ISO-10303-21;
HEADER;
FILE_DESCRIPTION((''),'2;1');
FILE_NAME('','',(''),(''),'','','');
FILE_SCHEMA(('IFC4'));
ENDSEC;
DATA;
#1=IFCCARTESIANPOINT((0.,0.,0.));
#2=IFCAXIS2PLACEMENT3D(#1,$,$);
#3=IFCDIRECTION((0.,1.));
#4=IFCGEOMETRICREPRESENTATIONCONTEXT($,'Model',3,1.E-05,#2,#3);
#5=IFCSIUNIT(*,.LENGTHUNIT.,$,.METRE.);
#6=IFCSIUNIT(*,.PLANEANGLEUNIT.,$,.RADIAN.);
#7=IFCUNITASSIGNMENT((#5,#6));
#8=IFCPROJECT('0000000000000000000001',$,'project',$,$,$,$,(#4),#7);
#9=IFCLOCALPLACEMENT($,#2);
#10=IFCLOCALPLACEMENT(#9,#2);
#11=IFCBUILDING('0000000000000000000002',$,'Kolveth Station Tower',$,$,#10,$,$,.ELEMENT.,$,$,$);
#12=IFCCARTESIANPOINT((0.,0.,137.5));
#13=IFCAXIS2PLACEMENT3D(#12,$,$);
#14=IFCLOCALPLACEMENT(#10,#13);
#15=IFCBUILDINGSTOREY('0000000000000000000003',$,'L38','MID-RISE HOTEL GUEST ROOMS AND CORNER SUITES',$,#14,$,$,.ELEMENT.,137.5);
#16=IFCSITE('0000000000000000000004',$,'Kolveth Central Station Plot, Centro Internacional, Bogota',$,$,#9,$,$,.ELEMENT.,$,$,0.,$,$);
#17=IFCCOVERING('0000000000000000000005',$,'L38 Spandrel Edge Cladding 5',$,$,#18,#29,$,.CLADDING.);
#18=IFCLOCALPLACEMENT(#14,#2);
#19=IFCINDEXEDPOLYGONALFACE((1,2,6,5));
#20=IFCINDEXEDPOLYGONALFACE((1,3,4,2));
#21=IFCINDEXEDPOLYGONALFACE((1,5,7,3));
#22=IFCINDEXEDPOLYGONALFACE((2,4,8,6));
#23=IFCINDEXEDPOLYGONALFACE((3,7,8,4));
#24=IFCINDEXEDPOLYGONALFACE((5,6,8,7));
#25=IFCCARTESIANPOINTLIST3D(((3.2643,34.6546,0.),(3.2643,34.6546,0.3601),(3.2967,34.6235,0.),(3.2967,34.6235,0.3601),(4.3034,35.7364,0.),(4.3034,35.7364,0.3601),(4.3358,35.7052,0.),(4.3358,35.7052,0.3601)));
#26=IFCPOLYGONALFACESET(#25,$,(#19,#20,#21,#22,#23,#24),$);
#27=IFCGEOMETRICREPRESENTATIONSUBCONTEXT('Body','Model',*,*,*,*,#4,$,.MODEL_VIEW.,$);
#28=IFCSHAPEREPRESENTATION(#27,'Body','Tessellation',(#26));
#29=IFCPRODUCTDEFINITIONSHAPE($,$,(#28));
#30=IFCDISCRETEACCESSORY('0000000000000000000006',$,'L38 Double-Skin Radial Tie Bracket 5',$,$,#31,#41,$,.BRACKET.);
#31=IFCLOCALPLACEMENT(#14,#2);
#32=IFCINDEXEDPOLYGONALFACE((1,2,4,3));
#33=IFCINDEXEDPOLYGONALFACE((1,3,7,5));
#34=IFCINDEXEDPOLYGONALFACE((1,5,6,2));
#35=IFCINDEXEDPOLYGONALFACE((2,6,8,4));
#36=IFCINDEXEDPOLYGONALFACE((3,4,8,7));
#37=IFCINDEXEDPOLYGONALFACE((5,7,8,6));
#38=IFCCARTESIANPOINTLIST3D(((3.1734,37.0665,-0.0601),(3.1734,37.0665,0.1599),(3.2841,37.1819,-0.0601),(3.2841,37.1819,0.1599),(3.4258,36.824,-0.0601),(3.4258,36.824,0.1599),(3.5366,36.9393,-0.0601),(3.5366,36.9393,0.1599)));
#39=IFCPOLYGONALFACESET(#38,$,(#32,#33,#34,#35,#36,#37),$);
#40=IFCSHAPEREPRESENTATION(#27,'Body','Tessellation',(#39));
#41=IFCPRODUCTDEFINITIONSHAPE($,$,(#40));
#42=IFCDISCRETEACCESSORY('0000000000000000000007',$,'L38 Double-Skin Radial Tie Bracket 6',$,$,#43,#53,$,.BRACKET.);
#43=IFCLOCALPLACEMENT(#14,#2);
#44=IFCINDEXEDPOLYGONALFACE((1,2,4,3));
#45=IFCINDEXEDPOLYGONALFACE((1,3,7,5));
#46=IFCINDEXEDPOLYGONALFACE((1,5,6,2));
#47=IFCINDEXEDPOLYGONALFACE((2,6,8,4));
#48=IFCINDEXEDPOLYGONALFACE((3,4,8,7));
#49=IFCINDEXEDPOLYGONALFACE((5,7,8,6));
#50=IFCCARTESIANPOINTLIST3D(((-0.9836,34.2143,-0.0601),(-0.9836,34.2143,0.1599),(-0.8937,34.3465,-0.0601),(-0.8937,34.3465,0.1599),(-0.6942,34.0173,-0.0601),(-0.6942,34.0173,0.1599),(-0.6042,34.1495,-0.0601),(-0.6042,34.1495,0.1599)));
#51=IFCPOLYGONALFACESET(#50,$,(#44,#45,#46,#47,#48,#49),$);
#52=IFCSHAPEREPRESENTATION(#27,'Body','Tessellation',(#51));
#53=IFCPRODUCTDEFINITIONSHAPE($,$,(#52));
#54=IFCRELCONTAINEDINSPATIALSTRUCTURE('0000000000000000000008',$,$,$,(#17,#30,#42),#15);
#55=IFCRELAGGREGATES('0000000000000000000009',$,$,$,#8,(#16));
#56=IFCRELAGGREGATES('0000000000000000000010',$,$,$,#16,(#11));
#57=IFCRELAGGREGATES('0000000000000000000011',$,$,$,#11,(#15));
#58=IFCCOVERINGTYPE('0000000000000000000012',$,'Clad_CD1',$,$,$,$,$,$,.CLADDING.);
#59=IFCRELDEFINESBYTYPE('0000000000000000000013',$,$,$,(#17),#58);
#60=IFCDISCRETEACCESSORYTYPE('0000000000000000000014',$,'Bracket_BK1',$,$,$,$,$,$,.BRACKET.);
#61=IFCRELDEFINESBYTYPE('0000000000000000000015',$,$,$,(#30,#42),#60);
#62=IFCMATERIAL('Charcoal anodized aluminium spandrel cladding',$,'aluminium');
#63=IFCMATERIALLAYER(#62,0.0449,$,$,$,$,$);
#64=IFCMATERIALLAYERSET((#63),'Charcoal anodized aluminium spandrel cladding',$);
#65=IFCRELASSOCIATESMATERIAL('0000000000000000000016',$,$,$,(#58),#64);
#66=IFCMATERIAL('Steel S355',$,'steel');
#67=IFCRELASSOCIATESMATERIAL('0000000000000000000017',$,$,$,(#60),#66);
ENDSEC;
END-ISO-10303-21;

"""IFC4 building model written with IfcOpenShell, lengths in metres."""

from ifc_helpers import new_model, si_unit, direction, frame, origin, origin_2d, place, context, subcontext, project, spatial, rectangle, extrude, source, transform, mapped, material, layer, layer_set, type_object, element, save


model = new_model("IFC4")

# Units and contexts
model_context = context("Model", 3, precision=1e-05, world=origin(), true_north=direction((0.0, 1.0)))
body_context = subcontext(model_context, "Body", "Model", "MODEL_VIEW")
ifc_project = project(units=[si_unit("LENGTHUNIT", "METRE"), si_unit("PLANEANGLEUNIT", "RADIAN")], contexts=[model_context])

# Site, building, storey
site_placement = place(None, origin())
site = spatial("IfcSite", under=ifc_project, at=site_placement, Name="Kolveth Central Station Plot, Centro Internacional, Bogota", CompositionType="ELEMENT", RefElevation=0.0)
building_placement = place(site_placement, origin())
building = spatial("IfcBuilding", under=site, at=building_placement, Name="Kolveth Station Tower", CompositionType="ELEMENT")
storey_placement = place(building_placement, frame((0.0, 0.0, 137.5)))
storey = spatial("IfcBuildingStorey", under=building, at=storey_placement, Name="L38", Description="MID-RISE HOTEL GUEST ROOMS AND CORNER SUITES", CompositionType="ELEMENT", Elevation=137.5)

# Covering
ifc_material_1 = material(Name="Charcoal anodized aluminium spandrel cladding", Category="aluminium")
ifc_layer_1 = layer(ifc_material_1, 0.0449)
ifc_layer_set_1 = layer_set([ifc_layer_1], Name="Charcoal anodized aluminium spandrel cladding")
covering_type = type_object("IfcCoveringType", Name="Clad_CD1", PredefinedType="CLADDING", material=ifc_layer_set_1)
shared_shape_1 = source(origin(), body_context, "Body", "SweptSolid", [
    extrude(rectangle(XDim=1.5, YDim=0.0449, at=origin_2d()), origin(), (0.0, 0.0, 1.0), 0.3601),
])
covering_placement = place(storey_placement, frame((3.8, 35.1799, 0.0), z_axis=(0.0, 0.0, 1.0), x_axis=(-0.692773, -0.721156, 0.0)))
element("IfcCovering", 1, at=covering_placement, inside=storey, type_object=covering_type, Name="L38 Spandrel Edge Cladding 5", PredefinedType="CLADDING", context=body_context, shape_type="MappedRepresentation", body=[
    mapped(shared_shape_1, transform((0.0, 0.0, 0.0), x_axis=(1.0, 0.0, 0.0), y_axis=(0.0, 1.0, 0.0), z_axis=(0.0, 0.0, 1.0), scale=1.0)),
])

# Discrete accessories
ifc_material_2 = material(Name="Steel S355", Category="steel")
discrete_accessory_type = type_object("IfcDiscreteAccessoryType", Name="Bracket_BK1", PredefinedType="BRACKET", material=ifc_material_2)
shared_shape_2 = source(origin(), body_context, "Body", "SweptSolid", [
    extrude(rectangle(XDim=0.3501, YDim=0.1599, at=origin_2d()), origin(), (0.0, 0.0, 1.0), 0.22),
])
for number, where, z_axis, x_axis, name in (
    (2, (3.355, 37.0029, -0.0601), (0.0, 0.0, 1.0), (-0.721156, 0.692773, 0.0), "L38 Double-Skin Radial Tie Bracket 5"),
    (3, (-0.7939, 34.1819, -0.0601), (0.0, 0.0, 1.0), (-0.826688, 0.562661, 0.0), "L38 Double-Skin Radial Tie Bracket 6"),
):
    element("IfcDiscreteAccessory", number, at=place(storey_placement, frame(where, z_axis=z_axis, x_axis=x_axis)), inside=storey, type_object=discrete_accessory_type, Name=name, PredefinedType="BRACKET", context=body_context, shape_type="MappedRepresentation", body=[
        mapped(shared_shape_2, transform((0.0, 0.0, 0.0), x_axis=(1.0, 0.0, 0.0), y_axis=(0.0, 1.0, 0.0), z_axis=(0.0, 0.0, 1.0), scale=1.0)),
    ])

save(model, "model.ifc")
